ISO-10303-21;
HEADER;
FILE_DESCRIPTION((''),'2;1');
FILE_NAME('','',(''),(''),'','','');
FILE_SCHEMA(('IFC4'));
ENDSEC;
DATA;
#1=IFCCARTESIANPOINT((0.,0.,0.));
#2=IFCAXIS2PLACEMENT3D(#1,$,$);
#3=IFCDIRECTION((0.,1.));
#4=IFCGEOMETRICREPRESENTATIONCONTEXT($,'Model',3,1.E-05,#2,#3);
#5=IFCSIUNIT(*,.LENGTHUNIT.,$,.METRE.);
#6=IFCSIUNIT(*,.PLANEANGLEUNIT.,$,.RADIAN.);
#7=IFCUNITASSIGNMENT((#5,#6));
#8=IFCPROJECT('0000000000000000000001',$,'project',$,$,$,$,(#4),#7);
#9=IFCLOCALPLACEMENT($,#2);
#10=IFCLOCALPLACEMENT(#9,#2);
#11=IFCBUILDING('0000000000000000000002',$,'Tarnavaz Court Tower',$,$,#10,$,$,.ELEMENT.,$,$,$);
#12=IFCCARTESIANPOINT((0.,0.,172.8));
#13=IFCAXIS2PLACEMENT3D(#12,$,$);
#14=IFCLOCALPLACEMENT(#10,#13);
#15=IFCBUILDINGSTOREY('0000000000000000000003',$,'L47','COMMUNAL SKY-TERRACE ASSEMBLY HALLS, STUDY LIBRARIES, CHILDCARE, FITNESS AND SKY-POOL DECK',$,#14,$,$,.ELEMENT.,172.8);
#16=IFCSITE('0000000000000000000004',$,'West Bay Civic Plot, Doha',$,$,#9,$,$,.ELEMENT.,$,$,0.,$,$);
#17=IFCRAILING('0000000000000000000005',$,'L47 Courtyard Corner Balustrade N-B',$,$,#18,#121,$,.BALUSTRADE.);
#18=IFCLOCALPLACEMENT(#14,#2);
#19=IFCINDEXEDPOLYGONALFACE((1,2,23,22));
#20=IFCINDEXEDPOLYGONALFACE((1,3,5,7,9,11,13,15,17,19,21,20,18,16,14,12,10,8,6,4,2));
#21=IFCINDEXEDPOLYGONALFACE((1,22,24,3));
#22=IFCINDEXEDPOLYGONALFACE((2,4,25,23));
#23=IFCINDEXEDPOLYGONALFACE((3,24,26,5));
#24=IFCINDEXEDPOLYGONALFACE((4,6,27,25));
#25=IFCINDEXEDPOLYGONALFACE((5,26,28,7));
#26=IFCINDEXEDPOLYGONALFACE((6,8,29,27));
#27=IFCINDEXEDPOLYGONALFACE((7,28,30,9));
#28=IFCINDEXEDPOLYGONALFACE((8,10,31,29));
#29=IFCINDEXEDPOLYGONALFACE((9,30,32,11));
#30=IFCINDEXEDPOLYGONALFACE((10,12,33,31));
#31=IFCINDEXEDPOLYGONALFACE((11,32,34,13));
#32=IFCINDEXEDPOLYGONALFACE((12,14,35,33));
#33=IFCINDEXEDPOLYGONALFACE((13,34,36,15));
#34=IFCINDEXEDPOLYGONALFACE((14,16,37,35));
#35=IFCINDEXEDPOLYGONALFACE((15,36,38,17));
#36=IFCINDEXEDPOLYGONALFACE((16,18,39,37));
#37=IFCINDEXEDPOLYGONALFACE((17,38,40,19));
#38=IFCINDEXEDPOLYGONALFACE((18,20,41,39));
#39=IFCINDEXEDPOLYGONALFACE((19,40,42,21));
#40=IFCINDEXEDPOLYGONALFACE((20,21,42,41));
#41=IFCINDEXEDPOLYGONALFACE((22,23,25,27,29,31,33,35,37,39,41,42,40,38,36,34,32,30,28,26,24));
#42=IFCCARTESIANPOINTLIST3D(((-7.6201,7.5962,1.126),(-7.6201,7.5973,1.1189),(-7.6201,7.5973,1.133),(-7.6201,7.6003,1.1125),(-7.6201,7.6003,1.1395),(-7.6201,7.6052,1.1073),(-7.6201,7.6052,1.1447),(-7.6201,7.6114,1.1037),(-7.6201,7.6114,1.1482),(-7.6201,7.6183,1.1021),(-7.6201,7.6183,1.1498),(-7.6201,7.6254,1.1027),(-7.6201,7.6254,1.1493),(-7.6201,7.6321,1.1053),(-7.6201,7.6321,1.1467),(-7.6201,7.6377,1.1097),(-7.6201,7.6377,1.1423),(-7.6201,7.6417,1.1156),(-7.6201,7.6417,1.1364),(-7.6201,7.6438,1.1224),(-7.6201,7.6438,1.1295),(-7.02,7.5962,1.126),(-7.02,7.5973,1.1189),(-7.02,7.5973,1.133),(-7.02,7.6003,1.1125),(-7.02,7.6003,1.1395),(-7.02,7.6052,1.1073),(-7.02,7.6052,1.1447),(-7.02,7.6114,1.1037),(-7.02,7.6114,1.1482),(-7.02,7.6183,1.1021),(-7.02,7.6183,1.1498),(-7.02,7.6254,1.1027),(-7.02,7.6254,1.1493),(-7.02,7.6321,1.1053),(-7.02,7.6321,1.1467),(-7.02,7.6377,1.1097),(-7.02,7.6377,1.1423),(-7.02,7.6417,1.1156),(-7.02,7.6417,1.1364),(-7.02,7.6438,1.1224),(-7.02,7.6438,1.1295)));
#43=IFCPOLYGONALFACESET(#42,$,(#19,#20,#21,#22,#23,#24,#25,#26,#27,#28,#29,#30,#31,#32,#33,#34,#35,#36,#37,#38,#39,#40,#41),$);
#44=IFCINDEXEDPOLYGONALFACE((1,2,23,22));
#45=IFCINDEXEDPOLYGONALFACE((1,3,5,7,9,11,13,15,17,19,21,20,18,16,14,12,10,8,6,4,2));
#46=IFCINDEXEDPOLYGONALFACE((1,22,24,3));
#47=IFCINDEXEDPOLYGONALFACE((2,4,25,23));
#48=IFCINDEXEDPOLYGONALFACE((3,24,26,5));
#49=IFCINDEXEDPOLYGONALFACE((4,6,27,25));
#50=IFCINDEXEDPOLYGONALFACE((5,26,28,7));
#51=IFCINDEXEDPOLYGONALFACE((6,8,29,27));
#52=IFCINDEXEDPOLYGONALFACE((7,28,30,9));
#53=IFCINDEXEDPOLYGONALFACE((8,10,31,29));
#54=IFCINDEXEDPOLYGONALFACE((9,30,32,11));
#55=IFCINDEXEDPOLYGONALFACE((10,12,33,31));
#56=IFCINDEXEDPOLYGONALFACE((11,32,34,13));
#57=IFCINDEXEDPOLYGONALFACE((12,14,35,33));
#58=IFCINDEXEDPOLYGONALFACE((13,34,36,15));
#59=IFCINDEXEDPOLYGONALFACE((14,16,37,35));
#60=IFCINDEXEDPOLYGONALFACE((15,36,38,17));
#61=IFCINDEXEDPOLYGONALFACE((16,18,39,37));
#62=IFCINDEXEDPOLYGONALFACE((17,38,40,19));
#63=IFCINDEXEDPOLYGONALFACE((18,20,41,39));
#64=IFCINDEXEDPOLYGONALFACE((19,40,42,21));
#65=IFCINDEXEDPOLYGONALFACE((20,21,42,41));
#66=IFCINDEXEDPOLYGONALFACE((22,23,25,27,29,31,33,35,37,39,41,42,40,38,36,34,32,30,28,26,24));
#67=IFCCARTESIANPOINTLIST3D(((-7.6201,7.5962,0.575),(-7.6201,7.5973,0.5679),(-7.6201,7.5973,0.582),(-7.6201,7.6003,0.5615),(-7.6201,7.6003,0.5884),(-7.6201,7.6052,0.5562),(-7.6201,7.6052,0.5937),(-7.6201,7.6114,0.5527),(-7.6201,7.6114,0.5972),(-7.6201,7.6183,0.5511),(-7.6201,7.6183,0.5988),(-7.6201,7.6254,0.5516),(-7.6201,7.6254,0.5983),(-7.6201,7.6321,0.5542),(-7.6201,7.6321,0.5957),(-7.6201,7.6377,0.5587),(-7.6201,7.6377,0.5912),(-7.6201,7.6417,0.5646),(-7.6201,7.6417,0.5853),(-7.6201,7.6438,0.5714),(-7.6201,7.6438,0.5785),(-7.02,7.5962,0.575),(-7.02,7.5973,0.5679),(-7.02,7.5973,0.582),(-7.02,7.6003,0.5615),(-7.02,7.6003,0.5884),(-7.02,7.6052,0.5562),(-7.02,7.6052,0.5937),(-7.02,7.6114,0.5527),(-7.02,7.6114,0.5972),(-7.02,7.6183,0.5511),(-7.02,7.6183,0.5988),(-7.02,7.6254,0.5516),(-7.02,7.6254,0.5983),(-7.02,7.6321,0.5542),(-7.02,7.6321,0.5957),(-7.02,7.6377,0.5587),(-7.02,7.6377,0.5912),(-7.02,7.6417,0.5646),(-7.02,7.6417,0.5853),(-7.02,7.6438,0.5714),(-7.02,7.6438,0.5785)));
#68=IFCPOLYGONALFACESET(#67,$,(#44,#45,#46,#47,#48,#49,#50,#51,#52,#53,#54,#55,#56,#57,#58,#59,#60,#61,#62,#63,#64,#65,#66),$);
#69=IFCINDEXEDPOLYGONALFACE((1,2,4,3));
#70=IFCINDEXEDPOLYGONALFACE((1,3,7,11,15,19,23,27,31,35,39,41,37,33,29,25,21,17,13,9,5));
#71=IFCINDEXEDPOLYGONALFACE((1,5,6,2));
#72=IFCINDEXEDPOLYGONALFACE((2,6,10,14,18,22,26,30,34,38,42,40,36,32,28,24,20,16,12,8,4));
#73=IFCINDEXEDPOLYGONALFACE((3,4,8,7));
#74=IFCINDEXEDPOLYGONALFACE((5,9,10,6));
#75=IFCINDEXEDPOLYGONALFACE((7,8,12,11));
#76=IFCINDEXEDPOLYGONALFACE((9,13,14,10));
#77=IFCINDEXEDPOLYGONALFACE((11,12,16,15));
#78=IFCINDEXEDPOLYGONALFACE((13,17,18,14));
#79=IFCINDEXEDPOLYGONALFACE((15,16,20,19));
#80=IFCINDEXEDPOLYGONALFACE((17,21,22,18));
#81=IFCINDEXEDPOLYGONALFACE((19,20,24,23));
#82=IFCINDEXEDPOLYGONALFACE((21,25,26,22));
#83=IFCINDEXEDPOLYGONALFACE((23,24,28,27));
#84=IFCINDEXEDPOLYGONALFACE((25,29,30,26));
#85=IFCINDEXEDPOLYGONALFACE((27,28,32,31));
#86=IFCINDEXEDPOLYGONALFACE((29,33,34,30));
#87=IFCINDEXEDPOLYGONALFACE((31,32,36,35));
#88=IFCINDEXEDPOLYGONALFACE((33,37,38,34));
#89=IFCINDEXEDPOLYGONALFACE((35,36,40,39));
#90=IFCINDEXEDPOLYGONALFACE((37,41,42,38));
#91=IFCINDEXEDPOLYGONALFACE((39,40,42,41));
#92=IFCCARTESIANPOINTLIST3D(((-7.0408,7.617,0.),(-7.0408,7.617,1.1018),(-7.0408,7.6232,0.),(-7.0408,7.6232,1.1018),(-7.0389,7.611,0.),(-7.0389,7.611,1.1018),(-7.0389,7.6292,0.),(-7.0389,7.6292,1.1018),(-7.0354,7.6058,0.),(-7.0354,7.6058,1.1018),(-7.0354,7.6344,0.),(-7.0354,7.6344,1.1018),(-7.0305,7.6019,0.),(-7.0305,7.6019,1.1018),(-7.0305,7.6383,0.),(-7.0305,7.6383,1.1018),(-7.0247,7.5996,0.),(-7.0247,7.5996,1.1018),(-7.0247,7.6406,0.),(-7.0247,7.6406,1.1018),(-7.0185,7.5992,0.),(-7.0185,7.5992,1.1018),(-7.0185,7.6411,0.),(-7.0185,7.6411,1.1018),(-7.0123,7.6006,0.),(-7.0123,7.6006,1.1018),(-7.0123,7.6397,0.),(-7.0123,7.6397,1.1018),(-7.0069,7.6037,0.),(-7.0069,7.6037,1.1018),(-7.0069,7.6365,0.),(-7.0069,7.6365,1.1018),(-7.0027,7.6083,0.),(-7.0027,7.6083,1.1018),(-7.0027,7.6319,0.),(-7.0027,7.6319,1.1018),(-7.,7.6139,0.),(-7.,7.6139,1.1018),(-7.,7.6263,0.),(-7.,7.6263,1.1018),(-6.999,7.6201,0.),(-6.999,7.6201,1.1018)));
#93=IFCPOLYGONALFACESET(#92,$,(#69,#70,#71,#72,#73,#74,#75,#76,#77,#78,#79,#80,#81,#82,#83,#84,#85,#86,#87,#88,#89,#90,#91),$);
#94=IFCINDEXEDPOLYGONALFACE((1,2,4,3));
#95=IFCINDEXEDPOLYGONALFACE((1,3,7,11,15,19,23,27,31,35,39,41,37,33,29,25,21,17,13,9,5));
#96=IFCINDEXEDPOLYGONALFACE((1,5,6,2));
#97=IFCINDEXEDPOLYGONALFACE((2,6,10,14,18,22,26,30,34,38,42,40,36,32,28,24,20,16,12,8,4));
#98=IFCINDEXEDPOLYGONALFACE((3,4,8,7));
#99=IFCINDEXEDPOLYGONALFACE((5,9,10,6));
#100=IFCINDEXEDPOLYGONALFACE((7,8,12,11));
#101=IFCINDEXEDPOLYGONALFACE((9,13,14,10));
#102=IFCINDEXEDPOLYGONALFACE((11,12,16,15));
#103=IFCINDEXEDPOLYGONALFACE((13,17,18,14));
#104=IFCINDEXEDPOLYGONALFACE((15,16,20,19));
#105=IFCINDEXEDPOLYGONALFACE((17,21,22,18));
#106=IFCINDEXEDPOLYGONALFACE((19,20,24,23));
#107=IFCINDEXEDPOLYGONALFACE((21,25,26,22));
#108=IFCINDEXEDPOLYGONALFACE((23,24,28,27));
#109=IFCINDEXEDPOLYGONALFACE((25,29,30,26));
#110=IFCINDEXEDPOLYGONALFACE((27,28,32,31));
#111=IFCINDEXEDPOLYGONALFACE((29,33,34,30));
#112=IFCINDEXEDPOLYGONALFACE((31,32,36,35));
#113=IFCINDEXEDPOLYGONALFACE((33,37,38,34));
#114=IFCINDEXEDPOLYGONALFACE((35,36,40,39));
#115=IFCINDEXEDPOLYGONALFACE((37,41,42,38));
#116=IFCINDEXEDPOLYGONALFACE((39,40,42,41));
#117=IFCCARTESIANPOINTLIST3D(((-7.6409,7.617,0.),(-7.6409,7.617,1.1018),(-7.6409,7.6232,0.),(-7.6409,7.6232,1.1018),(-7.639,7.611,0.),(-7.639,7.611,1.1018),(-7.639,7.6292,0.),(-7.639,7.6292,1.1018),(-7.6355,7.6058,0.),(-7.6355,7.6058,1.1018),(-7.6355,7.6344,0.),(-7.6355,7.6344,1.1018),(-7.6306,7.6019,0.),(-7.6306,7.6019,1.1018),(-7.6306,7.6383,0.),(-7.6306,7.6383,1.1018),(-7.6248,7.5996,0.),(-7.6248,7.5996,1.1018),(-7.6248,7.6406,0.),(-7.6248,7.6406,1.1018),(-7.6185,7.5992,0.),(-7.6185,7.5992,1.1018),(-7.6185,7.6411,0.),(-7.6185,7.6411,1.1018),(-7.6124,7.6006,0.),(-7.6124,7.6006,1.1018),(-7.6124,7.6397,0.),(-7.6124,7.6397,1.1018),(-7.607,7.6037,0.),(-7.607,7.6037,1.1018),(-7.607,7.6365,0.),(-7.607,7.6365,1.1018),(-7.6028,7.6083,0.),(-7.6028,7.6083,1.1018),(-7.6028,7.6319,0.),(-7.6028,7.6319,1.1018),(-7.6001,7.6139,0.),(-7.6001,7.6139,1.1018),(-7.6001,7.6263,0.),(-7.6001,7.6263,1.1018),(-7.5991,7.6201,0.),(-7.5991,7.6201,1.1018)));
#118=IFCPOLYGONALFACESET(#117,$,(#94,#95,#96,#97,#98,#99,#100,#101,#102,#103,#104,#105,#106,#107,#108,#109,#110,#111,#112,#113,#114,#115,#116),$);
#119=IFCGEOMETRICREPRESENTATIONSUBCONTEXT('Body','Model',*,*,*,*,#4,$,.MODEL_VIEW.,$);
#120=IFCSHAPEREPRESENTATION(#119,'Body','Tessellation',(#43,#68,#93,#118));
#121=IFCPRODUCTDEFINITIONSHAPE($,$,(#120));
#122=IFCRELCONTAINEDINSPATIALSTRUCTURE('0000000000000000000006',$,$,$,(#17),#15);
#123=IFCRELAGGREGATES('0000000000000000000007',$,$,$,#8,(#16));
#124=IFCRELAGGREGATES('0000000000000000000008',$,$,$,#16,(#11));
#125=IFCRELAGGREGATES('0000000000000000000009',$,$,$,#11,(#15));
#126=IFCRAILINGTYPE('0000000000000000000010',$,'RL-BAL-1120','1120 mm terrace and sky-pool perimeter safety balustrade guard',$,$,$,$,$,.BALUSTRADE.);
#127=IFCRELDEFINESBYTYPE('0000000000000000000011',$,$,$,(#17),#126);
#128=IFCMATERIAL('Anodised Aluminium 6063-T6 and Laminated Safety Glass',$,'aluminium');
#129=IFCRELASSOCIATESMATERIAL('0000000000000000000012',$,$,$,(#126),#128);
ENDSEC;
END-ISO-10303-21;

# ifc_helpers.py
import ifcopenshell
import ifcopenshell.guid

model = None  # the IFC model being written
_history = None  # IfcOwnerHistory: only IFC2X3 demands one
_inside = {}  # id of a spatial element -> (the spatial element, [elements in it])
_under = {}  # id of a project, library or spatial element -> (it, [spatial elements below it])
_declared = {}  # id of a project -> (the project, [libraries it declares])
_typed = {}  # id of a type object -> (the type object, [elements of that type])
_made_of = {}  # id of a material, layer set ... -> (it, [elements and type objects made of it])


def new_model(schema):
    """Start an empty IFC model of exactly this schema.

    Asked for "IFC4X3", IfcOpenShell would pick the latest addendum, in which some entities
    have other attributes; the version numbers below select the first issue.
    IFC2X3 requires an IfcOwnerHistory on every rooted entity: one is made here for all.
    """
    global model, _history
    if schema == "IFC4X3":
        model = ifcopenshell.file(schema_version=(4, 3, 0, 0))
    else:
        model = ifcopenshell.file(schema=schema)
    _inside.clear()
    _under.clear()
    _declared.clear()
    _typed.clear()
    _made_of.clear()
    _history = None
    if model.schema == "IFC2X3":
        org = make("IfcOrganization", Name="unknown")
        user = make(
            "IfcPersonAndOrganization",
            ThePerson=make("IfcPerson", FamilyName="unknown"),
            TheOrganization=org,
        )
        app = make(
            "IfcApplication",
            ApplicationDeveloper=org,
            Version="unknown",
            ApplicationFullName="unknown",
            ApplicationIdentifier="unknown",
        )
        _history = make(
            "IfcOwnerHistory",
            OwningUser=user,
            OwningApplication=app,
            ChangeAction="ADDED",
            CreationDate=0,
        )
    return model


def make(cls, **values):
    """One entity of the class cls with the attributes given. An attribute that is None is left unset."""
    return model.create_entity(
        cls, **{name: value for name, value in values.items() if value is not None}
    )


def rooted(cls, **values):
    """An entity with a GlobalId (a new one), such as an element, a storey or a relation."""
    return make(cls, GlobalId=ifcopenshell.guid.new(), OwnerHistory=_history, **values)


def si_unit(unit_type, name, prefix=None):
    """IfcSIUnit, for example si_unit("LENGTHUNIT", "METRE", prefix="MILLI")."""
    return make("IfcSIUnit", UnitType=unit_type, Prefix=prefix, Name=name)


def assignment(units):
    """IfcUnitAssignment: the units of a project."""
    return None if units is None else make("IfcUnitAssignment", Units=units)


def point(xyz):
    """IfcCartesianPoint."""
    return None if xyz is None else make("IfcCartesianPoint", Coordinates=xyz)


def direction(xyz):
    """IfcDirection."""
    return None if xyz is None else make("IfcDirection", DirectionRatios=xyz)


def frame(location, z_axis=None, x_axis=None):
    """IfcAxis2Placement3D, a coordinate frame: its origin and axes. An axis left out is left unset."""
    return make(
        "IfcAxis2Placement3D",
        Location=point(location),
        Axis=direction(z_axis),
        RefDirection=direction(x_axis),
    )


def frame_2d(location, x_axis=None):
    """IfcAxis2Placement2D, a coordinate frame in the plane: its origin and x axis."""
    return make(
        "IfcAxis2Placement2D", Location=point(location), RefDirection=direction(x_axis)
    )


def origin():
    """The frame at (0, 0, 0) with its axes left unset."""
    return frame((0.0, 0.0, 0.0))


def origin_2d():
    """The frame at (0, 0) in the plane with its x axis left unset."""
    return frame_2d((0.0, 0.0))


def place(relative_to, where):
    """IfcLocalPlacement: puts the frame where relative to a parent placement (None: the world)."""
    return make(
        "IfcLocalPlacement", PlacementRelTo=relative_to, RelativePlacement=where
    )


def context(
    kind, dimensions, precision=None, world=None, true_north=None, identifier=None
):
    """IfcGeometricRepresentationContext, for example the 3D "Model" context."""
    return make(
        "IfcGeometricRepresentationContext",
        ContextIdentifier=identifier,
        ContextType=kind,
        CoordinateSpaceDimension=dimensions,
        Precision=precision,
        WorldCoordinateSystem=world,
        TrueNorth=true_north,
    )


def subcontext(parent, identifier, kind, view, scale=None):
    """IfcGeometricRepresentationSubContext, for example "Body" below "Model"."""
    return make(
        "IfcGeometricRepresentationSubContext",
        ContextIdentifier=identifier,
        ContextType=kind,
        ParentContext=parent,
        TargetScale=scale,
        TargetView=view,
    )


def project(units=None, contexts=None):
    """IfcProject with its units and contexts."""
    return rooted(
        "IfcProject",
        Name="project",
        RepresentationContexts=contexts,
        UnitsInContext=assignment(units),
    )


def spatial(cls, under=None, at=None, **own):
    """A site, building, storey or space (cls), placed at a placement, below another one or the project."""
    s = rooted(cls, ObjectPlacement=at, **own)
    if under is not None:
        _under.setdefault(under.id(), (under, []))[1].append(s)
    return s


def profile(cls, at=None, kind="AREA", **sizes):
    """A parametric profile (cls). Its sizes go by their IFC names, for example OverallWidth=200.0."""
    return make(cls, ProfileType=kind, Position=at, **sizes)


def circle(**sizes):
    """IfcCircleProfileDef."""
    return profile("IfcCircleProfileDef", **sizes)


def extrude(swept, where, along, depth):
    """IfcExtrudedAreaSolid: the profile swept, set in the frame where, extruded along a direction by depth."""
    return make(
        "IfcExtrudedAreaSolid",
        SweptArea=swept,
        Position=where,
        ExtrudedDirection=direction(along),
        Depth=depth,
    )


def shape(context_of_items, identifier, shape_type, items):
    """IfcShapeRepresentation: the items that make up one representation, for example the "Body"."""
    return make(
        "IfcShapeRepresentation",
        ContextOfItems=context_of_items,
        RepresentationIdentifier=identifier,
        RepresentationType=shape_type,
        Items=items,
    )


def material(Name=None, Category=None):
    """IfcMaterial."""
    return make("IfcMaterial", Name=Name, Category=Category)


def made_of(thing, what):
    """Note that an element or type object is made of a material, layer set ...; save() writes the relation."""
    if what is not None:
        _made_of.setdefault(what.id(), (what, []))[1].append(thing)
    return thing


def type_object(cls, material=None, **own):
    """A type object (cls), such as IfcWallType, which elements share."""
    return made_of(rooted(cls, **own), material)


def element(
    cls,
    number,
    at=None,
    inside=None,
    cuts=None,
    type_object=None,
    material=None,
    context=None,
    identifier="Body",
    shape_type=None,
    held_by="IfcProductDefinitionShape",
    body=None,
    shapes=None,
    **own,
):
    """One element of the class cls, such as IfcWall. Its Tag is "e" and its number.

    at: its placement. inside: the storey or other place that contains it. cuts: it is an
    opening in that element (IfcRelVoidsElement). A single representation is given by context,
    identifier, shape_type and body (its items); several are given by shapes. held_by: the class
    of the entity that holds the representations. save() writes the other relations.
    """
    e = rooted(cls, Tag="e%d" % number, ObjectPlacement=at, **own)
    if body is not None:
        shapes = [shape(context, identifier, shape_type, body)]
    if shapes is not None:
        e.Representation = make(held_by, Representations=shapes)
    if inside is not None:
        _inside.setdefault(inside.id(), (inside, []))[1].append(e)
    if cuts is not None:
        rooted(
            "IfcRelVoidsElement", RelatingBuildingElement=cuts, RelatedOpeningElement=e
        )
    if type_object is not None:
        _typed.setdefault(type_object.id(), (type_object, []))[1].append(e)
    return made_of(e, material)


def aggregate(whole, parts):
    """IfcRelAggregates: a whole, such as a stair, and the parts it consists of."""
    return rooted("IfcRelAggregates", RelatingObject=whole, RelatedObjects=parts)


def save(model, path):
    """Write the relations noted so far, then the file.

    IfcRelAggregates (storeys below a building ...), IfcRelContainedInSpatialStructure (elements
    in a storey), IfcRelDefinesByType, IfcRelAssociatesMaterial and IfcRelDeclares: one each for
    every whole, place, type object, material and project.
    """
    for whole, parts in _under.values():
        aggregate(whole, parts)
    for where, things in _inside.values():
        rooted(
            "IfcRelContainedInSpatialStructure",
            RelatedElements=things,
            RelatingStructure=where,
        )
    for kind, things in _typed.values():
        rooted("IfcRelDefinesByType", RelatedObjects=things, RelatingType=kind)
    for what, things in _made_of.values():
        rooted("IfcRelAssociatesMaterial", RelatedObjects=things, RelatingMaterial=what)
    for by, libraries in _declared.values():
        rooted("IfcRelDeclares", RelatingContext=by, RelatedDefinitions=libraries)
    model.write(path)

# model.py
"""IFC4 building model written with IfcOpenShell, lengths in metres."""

from ifc_helpers import new_model, si_unit, direction, frame, origin, origin_2d, place, context, subcontext, project, spatial, circle, extrude, material, type_object, element, save


model = new_model("IFC4")

# Units and contexts
model_context = context("Model", 3, precision=1e-05, world=origin(), true_north=direction((0.0, 1.0)))
body_context = subcontext(model_context, "Body", "Model", "MODEL_VIEW")
ifc_project = project(units=[si_unit("LENGTHUNIT", "METRE"), si_unit("PLANEANGLEUNIT", "RADIAN")], contexts=[model_context])

# Site, building, storey
site_placement = place(None, origin())
site = spatial("IfcSite", under=ifc_project, at=site_placement, Name="West Bay Civic Plot, Doha", CompositionType="ELEMENT", RefElevation=0.0)
building_placement = place(site_placement, origin())
building = spatial("IfcBuilding", under=site, at=building_placement, Name="Tarnavaz Court Tower", CompositionType="ELEMENT")
storey_placement = place(building_placement, frame((0.0, 0.0, 172.8)))
storey = spatial("IfcBuildingStorey", under=building, at=storey_placement, Name="L47", Description="COMMUNAL SKY-TERRACE ASSEMBLY HALLS, STUDY LIBRARIES, CHILDCARE, FITNESS AND SKY-POOL DECK", CompositionType="ELEMENT", Elevation=172.8)

# Railing
ifc_material_1 = material(Name="Anodised Aluminium 6063-T6 and Laminated Safety Glass", Category="aluminium")
railing_type_1 = type_object("IfcRailingType", Name="RL-BAL-1120", Description="1120 mm terrace and sky-pool perimeter safety balustrade guard", PredefinedType="BALUSTRADE", material=ifc_material_1)
railing_1_placement = place(storey_placement, frame((-7.02, 7.6201, 0.0)))
element("IfcRailing", 1, at=railing_1_placement, inside=storey, type_object=railing_type_1, Name="L47 Courtyard Corner Balustrade N-B", PredefinedType="BALUSTRADE", context=body_context, shape_type="SweptSolid", body=[
    extrude(circle(Radius=0.0239, at=origin_2d()), frame((0.0, 0.0, 1.126), z_axis=(-1.0, 0.0, 0.0), x_axis=(0.0, -1.0, 0.0)), (0.0, 0.0, 1.0), 0.6001),
    extrude(circle(Radius=0.0239, at=origin_2d()), frame((0.0, 0.0, 0.575), z_axis=(-1.0, 0.0, 0.0), x_axis=(0.0, -1.0, 0.0)), (0.0, 0.0, 1.0), 0.6001),
    extrude(circle(Radius=0.021, at=origin_2d()), origin(), (0.0, 0.0, 1.0), 1.1018),
    extrude(circle(Radius=0.021, at=origin_2d()), frame((-0.6001, 0.0, 0.0)), (0.0, 0.0, 1.0), 1.1018),
])

save(model, "model.ifc")
